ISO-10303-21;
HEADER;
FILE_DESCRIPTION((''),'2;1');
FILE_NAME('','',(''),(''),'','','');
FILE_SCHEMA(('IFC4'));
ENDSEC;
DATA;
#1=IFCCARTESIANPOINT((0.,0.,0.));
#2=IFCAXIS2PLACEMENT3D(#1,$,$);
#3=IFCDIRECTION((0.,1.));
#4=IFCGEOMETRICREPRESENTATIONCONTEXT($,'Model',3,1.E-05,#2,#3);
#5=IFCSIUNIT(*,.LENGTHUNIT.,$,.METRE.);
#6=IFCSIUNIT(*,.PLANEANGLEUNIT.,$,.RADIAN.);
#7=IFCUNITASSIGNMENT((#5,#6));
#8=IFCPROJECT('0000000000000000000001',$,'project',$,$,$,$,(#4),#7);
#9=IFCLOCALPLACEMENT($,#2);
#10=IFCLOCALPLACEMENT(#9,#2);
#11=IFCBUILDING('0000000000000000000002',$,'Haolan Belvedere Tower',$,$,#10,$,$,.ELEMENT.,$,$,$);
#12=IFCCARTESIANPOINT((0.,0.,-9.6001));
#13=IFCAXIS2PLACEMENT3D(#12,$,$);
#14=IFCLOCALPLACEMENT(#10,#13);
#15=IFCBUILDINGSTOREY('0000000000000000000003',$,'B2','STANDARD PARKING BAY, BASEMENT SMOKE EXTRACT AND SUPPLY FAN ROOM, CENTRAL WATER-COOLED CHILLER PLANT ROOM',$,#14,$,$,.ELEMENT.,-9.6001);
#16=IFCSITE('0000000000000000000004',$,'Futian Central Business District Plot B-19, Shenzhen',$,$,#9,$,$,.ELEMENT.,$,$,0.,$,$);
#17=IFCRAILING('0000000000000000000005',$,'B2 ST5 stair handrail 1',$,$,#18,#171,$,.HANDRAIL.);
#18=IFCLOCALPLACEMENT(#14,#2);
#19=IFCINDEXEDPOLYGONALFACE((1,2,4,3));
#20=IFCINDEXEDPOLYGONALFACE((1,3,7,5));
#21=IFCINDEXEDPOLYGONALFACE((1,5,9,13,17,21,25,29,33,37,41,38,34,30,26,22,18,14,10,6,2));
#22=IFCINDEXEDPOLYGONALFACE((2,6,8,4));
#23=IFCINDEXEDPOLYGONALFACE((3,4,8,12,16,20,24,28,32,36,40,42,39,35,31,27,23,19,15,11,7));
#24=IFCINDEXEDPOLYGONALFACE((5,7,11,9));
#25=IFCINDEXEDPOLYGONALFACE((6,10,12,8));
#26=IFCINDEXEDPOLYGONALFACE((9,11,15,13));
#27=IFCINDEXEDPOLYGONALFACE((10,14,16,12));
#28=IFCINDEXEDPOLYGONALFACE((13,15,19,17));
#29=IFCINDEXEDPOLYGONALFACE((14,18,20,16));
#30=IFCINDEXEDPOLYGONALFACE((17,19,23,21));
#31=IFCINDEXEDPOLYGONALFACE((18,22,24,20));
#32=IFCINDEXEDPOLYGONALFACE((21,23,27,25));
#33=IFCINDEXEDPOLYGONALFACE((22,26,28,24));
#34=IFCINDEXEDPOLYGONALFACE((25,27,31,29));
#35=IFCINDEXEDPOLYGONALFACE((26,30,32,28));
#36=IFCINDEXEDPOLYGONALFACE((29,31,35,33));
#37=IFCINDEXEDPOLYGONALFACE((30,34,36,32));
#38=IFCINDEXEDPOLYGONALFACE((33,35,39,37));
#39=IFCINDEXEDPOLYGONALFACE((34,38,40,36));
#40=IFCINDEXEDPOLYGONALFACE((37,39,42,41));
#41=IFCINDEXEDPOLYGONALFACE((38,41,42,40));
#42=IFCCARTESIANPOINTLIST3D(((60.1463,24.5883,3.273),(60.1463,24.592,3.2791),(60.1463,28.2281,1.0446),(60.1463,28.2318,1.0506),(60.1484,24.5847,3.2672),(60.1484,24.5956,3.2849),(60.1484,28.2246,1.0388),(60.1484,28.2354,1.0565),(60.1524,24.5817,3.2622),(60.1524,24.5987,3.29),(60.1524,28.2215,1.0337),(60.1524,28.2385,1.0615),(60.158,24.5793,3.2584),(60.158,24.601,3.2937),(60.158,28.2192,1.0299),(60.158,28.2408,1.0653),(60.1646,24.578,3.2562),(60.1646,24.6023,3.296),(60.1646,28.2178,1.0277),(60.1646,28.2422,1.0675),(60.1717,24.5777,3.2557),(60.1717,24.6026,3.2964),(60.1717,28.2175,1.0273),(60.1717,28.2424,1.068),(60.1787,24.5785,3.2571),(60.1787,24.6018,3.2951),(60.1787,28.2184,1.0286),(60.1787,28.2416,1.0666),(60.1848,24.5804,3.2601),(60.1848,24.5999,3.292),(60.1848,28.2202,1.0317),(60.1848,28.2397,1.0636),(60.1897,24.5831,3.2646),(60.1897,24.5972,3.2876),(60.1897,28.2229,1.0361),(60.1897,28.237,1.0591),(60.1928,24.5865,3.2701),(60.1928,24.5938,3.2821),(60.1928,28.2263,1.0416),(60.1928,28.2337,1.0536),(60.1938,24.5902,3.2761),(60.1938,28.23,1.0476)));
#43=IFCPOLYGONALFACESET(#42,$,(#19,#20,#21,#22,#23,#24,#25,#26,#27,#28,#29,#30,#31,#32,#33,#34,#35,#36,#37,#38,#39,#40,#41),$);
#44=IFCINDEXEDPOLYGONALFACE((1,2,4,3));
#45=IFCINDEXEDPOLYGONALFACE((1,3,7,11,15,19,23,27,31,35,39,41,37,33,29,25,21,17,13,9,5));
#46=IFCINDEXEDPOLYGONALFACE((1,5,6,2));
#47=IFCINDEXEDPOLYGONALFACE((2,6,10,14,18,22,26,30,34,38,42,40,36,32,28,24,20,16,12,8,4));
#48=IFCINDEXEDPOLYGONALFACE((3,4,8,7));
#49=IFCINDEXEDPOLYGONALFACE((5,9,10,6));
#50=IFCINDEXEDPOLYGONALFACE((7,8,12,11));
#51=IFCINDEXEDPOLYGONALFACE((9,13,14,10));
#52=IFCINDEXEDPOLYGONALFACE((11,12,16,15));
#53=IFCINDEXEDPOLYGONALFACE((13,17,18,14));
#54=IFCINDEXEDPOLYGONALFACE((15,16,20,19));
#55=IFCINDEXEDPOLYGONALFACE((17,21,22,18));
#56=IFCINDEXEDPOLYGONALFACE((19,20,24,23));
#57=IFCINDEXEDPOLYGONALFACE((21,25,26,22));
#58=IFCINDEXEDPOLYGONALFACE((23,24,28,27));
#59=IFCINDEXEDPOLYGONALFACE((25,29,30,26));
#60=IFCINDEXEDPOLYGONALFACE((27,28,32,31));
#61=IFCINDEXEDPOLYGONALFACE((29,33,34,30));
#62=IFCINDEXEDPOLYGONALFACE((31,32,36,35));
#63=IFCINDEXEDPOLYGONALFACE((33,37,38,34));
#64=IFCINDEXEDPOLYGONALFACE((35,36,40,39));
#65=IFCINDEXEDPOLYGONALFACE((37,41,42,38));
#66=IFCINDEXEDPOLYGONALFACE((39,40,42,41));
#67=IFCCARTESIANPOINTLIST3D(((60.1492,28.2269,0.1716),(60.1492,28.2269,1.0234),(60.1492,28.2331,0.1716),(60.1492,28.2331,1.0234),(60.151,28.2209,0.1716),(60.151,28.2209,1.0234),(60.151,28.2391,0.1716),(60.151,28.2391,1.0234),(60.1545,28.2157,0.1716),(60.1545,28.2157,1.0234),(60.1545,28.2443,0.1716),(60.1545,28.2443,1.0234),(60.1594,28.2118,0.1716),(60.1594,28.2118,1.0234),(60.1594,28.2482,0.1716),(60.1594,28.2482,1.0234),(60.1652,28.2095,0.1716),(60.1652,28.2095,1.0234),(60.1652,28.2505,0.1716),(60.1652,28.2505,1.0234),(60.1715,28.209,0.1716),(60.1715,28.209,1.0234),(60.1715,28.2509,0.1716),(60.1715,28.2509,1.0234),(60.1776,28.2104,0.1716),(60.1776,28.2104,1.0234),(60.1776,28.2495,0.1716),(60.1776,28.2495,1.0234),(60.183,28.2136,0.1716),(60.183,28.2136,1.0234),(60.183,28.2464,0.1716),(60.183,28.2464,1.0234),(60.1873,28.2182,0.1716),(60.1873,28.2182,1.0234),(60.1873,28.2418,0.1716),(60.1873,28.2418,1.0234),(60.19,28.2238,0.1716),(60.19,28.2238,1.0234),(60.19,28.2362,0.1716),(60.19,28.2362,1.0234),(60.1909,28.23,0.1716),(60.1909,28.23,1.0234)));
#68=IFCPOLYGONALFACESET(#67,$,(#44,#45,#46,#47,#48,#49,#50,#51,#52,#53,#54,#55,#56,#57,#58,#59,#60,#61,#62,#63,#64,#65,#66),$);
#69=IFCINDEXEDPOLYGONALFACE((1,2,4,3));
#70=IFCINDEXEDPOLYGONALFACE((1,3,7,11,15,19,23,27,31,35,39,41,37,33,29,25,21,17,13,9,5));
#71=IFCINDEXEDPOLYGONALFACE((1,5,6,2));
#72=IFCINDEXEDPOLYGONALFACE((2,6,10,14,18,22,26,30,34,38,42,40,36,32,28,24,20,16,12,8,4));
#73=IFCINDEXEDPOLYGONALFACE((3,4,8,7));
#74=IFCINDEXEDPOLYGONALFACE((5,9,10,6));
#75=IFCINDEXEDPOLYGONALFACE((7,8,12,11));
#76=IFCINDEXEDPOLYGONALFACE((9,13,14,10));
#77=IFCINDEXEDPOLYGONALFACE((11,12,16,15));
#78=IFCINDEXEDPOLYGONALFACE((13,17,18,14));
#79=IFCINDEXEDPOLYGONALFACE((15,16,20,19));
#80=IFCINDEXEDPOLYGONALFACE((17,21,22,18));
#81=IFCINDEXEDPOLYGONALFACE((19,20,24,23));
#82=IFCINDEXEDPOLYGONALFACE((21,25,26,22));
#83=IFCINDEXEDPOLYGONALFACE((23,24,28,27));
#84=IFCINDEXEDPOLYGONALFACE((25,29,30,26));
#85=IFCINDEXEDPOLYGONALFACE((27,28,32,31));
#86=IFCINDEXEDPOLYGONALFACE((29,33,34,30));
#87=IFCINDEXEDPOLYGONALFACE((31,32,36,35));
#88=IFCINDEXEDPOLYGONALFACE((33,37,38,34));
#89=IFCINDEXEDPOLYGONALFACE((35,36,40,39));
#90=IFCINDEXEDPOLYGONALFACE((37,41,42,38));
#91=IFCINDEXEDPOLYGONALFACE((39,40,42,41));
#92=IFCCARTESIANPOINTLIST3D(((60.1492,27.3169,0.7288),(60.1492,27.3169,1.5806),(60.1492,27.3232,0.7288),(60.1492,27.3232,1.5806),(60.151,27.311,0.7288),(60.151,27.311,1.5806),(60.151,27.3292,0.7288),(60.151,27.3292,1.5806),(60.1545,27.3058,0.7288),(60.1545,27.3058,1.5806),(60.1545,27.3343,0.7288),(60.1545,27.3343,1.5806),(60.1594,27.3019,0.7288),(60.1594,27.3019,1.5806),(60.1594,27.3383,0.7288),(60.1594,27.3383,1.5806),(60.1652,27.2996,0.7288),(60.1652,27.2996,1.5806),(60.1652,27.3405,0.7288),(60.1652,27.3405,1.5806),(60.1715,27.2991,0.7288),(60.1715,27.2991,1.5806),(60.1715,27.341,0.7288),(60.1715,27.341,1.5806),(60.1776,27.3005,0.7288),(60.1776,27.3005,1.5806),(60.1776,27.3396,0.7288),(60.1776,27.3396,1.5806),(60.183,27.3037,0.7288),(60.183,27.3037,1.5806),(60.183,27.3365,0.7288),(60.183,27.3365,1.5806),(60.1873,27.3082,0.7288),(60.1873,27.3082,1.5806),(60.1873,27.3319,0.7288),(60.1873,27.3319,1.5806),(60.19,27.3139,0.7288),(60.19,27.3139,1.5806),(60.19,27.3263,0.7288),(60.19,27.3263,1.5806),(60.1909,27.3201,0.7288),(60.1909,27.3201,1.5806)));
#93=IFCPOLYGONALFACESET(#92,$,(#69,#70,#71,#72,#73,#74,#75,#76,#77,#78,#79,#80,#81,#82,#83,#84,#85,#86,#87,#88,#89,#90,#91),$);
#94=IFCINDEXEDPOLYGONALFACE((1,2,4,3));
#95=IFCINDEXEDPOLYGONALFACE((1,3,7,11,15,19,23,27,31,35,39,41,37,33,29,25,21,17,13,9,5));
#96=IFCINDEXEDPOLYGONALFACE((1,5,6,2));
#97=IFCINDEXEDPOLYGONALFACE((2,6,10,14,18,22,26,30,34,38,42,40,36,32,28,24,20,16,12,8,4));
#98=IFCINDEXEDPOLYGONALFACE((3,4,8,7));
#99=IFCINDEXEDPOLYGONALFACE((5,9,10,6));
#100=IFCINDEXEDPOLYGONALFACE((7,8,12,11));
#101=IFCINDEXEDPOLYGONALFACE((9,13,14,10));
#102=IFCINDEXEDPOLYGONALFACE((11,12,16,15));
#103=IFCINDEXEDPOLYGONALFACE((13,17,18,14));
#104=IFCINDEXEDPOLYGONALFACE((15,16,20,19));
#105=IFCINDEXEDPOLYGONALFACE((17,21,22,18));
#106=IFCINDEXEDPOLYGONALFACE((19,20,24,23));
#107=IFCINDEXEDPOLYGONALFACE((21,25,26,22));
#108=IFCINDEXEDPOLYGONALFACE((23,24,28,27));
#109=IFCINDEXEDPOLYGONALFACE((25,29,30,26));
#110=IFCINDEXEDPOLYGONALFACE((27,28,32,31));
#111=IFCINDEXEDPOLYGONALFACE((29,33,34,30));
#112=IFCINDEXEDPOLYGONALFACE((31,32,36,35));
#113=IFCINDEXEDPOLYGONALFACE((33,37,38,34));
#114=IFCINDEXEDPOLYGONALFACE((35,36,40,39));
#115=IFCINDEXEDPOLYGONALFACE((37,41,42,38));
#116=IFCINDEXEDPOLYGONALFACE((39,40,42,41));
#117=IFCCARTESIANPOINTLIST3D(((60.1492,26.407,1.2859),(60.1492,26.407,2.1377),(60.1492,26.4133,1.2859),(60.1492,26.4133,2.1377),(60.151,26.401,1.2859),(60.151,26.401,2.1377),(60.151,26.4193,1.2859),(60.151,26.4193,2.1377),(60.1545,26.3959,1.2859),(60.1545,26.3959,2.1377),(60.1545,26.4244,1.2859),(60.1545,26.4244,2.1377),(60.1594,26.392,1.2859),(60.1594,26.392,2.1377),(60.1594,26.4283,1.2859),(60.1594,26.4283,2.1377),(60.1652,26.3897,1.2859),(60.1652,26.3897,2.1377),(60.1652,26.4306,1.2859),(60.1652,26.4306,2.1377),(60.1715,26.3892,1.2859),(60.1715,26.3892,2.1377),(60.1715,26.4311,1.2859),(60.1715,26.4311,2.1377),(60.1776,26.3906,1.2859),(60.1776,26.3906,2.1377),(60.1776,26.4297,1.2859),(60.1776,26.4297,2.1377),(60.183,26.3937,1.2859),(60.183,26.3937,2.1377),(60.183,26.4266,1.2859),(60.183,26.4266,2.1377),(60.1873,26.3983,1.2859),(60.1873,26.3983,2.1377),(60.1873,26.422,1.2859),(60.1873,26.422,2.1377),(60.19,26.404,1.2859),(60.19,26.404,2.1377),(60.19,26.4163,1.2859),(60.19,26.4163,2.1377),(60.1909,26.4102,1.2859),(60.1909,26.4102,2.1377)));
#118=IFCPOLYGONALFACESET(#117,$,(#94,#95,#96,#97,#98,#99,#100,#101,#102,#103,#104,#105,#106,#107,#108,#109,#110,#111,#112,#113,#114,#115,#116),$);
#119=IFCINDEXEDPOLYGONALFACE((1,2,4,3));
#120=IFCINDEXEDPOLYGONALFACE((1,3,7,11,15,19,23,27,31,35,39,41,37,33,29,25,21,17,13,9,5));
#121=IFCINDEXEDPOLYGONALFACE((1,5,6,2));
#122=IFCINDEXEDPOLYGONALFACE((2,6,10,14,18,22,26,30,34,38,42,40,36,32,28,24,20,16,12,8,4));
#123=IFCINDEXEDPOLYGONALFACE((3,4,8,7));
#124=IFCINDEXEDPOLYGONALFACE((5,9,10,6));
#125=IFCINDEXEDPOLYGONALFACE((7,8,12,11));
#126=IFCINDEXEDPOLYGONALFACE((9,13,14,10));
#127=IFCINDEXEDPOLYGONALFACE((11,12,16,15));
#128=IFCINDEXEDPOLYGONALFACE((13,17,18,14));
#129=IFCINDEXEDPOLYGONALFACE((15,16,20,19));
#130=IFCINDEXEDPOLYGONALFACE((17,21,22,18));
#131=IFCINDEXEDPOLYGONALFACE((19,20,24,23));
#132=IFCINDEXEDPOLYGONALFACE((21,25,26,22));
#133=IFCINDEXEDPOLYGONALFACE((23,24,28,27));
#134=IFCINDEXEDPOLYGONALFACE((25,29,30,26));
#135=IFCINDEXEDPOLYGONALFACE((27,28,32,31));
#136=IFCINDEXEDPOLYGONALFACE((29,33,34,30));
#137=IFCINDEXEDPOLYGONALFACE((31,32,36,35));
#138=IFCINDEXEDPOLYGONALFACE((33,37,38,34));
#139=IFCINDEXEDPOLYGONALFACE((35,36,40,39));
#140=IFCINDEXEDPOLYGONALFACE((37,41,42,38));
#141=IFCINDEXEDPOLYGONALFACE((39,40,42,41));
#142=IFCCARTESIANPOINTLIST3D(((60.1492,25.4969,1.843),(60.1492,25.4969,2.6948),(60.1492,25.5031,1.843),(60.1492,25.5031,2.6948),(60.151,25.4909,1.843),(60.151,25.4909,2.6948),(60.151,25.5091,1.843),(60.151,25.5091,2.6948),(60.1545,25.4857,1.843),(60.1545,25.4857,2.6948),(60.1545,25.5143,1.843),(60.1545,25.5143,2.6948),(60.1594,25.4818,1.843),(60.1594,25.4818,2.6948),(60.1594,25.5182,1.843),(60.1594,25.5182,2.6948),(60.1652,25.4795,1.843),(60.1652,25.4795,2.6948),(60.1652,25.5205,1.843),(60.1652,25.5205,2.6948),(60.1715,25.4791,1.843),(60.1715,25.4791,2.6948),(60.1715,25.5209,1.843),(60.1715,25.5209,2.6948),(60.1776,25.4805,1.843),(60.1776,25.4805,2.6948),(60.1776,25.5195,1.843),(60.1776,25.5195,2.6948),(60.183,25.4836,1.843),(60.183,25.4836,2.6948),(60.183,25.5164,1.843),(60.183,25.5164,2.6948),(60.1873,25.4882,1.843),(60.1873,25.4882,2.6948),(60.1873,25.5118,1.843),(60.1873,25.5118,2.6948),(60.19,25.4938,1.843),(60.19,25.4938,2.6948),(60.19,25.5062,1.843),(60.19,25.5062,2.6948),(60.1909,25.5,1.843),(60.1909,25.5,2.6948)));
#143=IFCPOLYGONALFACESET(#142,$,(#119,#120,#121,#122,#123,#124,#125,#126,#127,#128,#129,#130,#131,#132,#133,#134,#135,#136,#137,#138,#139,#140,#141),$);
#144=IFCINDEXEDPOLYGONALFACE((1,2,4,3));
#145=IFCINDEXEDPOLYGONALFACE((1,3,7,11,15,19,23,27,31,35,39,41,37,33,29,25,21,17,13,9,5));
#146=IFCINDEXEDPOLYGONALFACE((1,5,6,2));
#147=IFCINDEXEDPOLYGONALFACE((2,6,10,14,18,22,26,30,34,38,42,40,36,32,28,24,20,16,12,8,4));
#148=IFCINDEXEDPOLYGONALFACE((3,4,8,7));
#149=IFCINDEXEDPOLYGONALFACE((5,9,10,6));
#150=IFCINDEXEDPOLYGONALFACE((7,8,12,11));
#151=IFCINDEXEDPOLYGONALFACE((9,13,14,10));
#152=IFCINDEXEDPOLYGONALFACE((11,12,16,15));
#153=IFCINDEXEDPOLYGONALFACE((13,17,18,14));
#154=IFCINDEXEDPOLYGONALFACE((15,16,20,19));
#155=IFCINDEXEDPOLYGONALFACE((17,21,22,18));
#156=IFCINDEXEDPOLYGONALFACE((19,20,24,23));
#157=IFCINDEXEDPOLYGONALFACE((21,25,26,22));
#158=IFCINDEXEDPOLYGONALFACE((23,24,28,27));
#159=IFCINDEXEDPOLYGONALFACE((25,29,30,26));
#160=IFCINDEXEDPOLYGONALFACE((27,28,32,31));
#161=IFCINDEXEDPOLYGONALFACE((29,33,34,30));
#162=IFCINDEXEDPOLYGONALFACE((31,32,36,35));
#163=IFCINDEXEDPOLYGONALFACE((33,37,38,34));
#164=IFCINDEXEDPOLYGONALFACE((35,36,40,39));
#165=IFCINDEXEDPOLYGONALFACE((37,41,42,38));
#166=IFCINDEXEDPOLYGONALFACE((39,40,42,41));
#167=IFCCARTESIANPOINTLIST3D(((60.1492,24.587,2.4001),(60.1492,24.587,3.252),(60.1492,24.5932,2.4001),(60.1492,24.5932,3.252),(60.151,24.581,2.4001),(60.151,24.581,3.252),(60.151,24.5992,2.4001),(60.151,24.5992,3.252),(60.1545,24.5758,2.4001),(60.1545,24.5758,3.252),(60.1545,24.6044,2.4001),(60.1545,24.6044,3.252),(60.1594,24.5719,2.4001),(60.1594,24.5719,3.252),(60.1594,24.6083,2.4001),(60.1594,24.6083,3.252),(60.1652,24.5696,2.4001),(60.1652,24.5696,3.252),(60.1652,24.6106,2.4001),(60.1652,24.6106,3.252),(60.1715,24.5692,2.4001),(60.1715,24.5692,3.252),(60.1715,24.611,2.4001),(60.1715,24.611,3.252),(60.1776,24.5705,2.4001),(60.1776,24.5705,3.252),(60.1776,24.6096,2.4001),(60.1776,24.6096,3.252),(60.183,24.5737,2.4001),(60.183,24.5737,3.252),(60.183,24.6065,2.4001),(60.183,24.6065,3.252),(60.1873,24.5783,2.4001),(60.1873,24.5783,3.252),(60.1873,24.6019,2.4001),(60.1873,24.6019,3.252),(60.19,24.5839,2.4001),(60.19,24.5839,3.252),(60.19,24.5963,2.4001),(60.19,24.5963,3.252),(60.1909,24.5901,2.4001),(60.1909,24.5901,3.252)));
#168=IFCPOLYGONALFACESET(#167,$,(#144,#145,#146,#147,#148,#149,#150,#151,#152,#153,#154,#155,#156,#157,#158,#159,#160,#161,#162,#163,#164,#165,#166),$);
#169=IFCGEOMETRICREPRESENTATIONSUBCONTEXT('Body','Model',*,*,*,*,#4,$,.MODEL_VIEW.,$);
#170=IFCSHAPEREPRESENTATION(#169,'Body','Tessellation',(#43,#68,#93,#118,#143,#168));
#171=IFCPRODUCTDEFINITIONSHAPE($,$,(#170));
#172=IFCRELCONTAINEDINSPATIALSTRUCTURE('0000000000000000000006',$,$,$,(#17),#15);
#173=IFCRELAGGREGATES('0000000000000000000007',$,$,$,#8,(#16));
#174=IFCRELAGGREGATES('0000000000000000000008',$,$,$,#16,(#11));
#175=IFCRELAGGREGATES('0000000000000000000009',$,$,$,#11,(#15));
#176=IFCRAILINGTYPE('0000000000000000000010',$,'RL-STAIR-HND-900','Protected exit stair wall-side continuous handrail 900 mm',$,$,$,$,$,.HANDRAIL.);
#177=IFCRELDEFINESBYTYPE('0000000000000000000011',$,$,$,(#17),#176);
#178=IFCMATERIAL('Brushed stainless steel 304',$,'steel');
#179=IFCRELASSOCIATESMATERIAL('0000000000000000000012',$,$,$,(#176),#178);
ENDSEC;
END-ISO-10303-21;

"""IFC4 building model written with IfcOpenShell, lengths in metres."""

from ifc_helpers import new_model, si_unit, direction, frame, origin, origin_2d, place, context, subcontext, project, spatial, circle, extrude, material, type_object, element, save


model = new_model("IFC4")

# Units and contexts
model_context = context("Model", 3, precision=1e-05, world=origin(), true_north=direction((0.0, 1.0)))
body_context = subcontext(model_context, "Body", "Model", "MODEL_VIEW")
ifc_project = project(units=[si_unit("LENGTHUNIT", "METRE"), si_unit("PLANEANGLEUNIT", "RADIAN")], contexts=[model_context])

# Site, building, storey
site_placement = place(None, origin())
site = spatial("IfcSite", under=ifc_project, at=site_placement, Name="Futian Central Business District Plot B-19, Shenzhen", CompositionType="ELEMENT", RefElevation=0.0)
building_placement = place(site_placement, origin())
building = spatial("IfcBuilding", under=site, at=building_placement, Name="Haolan Belvedere Tower", CompositionType="ELEMENT")
storey_placement = place(building_placement, frame((0.0, 0.0, -9.6001)))
storey = spatial("IfcBuildingStorey", under=building, at=storey_placement, Name="B2", Description="STANDARD PARKING BAY, BASEMENT SMOKE EXTRACT AND SUPPLY FAN ROOM, CENTRAL WATER-COOLED CHILLER PLANT ROOM", CompositionType="ELEMENT", Elevation=-9.6001)

# Railing
ifc_material_1 = material(Name="Brushed stainless steel 304", Category="steel")
railing_type_1 = type_object("IfcRailingType", Name="RL-STAIR-HND-900", Description="Protected exit stair wall-side continuous handrail 900 mm", PredefinedType="HANDRAIL", material=ifc_material_1)
railing_1_placement = place(storey_placement, frame((60.1699, 28.23, 0.1716)))
element("IfcRailing", 1, at=railing_1_placement, inside=storey, type_object=railing_type_1, Name="B2 ST5 stair handrail 1", PredefinedType="HANDRAIL", context=body_context, shape_type="SweptSolid", body=[
    extrude(circle(Radius=0.0239, at=origin_2d()), frame((0.0, 0.0, 0.876), z_axis=(0.0, -0.85285, 0.522156), x_axis=(1.0, 0.0, 0.0)), (0.0, 0.0, 1.0), 4.2678),
    extrude(circle(Radius=0.021, at=origin_2d()), origin(), (0.0, 0.0, 1.0), 0.8518),
    extrude(circle(Radius=0.021, at=origin_2d()), frame((0.0, -0.9099, 0.5571)), (0.0, 0.0, 1.0), 0.8518),
    extrude(circle(Radius=0.021, at=origin_2d()), frame((0.0, -1.8198, 1.1143)), (0.0, 0.0, 1.0), 0.8518),
    extrude(circle(Radius=0.021, at=origin_2d()), frame((0.0, -2.73, 1.6714)), (0.0, 0.0, 1.0), 0.8518),
    extrude(circle(Radius=0.021, at=origin_2d()), frame((0.0, -3.6399, 2.2285)), (0.0, 0.0, 1.0), 0.8518),
])

save(model, "model.ifc")
